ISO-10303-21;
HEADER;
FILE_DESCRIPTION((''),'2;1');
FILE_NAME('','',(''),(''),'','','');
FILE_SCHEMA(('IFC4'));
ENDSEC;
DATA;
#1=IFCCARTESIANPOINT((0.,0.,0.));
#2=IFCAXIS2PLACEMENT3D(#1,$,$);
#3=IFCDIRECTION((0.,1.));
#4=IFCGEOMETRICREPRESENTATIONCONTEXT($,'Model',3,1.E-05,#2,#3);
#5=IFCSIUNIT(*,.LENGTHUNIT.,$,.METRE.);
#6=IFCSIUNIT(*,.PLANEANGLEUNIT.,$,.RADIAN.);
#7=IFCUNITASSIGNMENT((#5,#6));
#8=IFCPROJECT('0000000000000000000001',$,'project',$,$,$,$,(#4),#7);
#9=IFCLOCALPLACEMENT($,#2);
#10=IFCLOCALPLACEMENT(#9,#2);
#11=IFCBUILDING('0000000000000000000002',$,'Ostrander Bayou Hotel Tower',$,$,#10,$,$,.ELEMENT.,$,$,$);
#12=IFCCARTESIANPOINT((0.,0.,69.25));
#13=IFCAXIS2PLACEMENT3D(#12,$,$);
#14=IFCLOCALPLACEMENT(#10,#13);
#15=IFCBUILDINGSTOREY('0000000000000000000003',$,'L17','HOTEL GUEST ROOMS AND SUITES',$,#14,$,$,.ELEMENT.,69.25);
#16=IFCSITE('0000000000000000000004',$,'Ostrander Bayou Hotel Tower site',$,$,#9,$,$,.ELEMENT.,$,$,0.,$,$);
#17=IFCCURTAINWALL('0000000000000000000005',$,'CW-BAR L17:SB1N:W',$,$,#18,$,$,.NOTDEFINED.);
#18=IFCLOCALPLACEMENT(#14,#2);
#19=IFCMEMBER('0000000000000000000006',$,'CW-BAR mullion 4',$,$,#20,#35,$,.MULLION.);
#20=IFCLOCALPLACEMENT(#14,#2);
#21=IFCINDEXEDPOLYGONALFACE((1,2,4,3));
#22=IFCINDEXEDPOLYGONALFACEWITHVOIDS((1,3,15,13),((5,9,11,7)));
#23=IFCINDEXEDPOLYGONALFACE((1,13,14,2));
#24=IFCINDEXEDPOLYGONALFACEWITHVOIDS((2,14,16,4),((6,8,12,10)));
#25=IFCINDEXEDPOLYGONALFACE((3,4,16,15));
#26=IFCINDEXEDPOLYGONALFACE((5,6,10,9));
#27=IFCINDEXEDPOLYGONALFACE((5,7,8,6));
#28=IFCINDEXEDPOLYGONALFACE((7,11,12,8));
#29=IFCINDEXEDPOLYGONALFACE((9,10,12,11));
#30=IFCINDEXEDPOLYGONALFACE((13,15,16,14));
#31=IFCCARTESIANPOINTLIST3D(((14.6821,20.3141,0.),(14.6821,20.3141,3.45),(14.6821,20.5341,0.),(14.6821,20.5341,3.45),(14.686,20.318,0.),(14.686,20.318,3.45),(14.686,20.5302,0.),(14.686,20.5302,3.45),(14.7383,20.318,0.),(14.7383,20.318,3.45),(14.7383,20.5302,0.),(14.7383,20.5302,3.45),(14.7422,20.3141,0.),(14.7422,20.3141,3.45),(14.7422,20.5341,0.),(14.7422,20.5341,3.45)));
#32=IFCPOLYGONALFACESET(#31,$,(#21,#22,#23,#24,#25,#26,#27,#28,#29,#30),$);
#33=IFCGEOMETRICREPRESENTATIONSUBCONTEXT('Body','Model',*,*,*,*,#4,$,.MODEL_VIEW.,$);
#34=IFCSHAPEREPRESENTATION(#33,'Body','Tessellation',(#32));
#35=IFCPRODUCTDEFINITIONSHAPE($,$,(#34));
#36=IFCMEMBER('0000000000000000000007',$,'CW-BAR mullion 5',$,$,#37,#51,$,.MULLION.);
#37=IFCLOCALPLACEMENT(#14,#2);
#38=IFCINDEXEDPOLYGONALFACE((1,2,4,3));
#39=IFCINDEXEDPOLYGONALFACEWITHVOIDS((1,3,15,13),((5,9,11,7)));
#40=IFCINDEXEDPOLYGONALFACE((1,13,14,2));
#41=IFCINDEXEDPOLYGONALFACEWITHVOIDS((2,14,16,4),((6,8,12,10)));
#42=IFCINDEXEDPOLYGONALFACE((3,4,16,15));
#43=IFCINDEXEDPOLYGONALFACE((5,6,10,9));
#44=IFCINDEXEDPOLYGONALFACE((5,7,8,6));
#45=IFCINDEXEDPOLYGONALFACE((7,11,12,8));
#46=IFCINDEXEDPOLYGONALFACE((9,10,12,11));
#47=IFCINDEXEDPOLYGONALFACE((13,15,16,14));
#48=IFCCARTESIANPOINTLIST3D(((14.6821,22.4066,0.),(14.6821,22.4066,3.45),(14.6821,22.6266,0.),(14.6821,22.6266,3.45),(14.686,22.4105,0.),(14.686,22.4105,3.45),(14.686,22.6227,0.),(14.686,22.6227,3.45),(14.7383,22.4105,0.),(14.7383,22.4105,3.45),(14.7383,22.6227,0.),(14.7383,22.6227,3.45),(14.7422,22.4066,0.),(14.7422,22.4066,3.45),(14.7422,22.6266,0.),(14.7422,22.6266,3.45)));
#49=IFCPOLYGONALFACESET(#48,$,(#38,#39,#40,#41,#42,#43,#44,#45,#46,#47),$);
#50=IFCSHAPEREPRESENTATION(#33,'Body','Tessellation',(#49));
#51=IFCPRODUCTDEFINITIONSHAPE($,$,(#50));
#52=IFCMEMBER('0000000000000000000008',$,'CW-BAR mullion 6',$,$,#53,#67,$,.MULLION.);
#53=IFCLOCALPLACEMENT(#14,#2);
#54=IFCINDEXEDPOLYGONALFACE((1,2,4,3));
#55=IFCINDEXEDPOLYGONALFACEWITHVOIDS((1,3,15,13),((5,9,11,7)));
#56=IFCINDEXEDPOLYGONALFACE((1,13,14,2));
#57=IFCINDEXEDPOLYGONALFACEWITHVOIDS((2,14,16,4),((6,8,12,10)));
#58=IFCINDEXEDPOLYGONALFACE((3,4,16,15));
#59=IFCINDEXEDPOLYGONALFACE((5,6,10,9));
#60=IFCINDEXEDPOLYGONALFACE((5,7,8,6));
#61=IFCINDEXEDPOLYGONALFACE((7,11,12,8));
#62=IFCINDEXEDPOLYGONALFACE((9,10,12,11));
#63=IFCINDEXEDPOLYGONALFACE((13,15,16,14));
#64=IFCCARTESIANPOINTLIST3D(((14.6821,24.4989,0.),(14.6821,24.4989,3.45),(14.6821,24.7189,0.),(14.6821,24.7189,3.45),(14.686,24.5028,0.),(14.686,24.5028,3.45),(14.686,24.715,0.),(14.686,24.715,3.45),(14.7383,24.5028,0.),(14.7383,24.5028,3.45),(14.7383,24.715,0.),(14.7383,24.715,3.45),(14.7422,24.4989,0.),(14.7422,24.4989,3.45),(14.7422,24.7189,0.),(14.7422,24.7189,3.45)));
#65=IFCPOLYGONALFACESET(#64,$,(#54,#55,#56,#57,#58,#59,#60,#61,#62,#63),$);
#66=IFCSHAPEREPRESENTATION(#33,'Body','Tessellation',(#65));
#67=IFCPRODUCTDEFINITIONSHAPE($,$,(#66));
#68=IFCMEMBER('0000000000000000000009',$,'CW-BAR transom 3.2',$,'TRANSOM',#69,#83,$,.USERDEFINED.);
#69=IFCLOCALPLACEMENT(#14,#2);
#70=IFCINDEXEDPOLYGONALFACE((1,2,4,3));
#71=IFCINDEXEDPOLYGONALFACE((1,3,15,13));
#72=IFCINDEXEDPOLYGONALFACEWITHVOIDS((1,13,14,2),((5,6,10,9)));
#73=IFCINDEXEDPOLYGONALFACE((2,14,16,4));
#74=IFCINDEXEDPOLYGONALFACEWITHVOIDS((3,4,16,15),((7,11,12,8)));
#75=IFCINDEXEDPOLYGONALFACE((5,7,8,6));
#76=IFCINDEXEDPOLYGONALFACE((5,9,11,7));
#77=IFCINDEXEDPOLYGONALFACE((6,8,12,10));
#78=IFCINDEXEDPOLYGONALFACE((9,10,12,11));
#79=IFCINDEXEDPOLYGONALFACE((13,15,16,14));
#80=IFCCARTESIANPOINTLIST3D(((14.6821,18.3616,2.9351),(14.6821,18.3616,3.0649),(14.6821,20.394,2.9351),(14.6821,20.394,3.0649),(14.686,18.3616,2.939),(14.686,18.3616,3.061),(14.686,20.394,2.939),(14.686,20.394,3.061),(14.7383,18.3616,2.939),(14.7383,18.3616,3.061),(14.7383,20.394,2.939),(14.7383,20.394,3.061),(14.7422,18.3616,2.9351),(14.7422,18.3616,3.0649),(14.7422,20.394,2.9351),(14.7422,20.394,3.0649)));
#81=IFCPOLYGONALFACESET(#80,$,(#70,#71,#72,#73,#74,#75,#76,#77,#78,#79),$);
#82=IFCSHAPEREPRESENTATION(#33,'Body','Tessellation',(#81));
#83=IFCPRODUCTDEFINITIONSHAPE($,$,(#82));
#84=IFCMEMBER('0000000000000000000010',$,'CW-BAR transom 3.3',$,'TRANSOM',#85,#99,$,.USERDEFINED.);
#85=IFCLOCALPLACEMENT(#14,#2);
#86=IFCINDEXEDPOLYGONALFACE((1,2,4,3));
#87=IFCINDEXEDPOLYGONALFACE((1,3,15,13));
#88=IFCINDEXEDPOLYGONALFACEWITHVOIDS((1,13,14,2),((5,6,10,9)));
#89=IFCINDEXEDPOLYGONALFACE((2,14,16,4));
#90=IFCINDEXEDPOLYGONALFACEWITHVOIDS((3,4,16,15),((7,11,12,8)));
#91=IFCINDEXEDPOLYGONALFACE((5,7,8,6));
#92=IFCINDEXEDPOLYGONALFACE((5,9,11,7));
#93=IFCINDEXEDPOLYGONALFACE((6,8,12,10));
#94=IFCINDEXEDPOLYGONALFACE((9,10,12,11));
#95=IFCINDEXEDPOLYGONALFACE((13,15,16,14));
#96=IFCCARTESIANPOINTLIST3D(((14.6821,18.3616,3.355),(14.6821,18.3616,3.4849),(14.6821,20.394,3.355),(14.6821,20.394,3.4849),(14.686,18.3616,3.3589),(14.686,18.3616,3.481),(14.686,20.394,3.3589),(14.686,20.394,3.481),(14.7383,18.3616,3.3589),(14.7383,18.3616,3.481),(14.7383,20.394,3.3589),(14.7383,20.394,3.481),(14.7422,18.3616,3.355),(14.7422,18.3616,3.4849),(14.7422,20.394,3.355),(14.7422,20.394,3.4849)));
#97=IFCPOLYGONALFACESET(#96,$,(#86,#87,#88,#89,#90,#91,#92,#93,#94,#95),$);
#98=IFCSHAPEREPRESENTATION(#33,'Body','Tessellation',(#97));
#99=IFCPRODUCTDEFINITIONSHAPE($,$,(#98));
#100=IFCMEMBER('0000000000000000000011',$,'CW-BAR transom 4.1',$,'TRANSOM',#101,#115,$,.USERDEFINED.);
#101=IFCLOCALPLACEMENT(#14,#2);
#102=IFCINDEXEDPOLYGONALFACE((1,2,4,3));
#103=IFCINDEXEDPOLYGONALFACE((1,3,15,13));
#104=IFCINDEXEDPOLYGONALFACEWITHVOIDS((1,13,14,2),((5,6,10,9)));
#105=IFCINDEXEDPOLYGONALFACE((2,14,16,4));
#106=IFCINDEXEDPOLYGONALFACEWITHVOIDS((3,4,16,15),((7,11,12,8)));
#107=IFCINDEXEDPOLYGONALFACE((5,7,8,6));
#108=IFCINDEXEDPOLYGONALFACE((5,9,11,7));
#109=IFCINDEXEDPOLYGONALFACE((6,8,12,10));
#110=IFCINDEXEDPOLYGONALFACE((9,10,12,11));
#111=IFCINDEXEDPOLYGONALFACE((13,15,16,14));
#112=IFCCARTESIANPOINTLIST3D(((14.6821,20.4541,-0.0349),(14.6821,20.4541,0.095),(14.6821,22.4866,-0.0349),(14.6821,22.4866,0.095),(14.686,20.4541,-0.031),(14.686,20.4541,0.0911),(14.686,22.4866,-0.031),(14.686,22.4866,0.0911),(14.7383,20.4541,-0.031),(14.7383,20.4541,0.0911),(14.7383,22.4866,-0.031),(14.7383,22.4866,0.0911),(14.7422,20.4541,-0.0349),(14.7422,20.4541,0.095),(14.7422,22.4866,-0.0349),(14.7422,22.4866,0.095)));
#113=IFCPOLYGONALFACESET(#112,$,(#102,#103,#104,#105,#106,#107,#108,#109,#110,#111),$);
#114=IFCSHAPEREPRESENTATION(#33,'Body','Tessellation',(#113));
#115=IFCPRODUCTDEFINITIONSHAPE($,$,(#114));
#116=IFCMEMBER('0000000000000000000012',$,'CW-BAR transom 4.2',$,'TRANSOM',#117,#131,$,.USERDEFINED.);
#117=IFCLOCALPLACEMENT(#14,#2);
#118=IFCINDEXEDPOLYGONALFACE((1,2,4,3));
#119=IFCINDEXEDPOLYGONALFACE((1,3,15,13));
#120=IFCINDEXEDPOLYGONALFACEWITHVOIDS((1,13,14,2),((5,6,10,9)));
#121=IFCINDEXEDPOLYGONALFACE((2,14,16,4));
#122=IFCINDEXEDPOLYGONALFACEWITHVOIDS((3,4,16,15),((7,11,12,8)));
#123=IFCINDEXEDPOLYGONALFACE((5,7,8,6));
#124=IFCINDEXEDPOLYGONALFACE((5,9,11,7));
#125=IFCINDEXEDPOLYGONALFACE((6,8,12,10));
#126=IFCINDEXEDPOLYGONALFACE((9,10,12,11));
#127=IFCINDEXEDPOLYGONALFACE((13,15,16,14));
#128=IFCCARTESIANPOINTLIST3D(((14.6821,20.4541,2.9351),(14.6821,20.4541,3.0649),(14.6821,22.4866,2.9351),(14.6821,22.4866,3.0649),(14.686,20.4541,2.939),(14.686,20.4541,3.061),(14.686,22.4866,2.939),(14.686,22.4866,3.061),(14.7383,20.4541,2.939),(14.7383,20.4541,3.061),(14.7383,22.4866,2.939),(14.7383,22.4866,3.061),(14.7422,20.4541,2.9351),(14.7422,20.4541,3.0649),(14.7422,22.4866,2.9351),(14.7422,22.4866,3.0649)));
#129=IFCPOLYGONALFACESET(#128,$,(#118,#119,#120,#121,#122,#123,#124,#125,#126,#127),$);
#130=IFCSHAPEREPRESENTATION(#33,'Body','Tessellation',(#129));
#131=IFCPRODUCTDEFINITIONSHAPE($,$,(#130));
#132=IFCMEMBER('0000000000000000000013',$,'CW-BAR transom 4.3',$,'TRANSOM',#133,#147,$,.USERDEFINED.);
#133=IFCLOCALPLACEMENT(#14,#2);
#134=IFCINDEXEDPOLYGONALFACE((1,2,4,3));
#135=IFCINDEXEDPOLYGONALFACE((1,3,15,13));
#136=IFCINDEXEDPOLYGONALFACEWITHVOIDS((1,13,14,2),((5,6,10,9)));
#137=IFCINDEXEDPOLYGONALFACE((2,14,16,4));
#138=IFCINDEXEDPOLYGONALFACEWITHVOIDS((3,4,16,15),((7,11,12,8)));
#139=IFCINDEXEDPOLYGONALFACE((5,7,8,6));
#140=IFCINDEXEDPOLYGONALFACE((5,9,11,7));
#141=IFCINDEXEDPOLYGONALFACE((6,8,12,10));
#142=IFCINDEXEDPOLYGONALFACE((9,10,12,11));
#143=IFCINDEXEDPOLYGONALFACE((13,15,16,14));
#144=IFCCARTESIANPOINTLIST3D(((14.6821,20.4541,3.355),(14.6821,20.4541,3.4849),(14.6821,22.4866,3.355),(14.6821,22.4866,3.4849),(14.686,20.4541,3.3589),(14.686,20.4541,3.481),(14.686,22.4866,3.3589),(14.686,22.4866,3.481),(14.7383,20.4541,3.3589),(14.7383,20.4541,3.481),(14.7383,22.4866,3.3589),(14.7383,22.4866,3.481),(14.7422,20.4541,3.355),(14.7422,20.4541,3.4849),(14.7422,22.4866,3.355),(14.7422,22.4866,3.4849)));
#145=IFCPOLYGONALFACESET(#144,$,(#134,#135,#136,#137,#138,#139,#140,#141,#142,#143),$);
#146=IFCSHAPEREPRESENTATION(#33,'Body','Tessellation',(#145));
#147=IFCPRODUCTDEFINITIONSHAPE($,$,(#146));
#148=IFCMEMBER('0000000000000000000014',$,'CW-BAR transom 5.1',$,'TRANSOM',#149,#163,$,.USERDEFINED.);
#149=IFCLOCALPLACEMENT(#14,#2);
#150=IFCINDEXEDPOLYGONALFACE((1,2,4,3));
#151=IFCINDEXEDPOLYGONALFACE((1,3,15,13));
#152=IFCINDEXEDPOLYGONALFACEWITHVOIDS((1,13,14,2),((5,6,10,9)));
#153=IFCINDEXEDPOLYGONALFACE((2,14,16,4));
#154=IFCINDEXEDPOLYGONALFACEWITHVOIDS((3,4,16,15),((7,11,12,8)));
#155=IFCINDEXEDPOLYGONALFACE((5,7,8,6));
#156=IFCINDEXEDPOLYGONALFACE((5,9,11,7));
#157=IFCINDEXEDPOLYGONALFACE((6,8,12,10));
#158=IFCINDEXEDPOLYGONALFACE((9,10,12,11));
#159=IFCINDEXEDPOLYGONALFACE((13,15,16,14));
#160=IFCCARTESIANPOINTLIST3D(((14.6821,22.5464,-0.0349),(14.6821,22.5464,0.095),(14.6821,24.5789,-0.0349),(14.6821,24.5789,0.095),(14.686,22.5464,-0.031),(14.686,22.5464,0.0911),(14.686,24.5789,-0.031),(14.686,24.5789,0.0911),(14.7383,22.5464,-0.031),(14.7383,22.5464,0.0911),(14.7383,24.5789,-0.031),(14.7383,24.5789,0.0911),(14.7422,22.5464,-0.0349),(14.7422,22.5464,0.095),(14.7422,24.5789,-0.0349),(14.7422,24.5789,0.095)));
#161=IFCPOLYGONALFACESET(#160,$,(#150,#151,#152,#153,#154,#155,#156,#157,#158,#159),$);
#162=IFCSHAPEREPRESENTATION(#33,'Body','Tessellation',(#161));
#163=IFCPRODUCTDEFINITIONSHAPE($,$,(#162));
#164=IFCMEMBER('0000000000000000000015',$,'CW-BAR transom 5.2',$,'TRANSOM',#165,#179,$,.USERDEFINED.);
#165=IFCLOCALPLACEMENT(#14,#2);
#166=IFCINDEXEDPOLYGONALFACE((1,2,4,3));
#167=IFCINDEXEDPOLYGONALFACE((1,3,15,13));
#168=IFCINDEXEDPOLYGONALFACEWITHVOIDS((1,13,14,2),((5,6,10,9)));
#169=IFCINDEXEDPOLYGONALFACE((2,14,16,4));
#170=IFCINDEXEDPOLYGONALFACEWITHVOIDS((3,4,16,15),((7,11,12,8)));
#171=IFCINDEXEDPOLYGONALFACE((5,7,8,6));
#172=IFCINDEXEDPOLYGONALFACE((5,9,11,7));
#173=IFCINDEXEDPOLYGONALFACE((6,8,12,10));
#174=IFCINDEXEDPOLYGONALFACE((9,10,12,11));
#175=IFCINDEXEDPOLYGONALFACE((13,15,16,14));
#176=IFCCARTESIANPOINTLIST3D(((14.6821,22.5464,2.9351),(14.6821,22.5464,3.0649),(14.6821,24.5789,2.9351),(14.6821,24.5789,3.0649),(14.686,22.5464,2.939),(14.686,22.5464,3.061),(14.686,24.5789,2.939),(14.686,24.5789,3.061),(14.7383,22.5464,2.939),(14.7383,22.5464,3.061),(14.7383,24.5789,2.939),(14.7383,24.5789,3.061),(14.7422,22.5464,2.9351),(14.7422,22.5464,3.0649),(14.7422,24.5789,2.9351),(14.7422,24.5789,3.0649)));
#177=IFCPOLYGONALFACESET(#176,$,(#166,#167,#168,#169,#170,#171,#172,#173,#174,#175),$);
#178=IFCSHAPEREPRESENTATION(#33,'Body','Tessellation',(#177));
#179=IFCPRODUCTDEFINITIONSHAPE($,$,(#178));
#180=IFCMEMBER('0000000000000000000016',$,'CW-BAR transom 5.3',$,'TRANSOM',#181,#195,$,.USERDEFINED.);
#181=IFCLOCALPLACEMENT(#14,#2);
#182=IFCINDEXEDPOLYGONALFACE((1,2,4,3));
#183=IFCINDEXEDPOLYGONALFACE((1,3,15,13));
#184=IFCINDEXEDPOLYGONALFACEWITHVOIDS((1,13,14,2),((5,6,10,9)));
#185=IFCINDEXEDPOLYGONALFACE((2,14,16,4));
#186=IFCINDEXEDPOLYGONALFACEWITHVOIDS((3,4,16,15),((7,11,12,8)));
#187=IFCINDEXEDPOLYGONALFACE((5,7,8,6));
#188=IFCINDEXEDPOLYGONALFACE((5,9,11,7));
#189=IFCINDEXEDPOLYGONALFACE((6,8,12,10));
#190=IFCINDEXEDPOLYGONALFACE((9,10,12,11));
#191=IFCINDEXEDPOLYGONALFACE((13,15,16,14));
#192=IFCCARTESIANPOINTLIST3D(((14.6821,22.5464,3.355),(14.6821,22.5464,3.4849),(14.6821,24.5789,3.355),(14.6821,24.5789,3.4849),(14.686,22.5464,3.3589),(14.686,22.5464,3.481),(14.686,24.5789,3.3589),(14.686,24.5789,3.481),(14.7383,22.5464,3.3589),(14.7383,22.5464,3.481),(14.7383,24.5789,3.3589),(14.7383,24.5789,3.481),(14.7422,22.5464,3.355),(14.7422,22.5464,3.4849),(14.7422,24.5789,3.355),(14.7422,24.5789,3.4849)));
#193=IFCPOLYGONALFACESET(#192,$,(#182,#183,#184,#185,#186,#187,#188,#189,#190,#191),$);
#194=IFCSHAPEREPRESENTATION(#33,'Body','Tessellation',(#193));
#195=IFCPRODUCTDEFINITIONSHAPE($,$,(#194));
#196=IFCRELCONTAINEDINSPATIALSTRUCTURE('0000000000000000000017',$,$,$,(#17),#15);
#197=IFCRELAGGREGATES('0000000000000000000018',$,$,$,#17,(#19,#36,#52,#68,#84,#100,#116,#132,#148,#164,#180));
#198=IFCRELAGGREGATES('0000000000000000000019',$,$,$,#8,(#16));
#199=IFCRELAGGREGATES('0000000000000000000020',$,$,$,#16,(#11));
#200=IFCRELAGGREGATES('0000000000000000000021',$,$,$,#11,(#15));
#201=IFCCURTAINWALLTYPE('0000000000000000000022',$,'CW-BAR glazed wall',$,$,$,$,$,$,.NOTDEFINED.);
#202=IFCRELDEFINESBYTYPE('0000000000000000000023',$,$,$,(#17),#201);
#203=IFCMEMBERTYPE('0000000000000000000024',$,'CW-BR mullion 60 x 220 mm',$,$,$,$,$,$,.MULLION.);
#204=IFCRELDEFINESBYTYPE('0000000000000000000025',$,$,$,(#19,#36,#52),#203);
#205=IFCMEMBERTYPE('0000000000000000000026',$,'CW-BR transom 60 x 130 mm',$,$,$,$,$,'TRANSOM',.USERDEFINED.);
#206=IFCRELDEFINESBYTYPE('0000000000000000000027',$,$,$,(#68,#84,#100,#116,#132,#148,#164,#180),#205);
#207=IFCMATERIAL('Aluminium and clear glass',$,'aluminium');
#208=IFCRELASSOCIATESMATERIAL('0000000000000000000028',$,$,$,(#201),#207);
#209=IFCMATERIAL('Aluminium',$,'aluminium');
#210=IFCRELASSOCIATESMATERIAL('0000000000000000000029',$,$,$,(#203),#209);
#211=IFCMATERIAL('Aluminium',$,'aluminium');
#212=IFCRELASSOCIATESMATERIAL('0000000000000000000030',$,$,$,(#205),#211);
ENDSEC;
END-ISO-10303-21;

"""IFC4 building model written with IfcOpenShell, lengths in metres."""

from ifc_helpers import new_model, si_unit, direction, frame, origin, origin_2d, place, context, subcontext, project, spatial, hollow_rectangle, extrude, material, material_profile, profile_set, type_object, element, aggregate, save


model = new_model("IFC4")

# Units and contexts
model_context = context("Model", 3, precision=1e-05, world=origin(), true_north=direction((0.0, 1.0)))
body_context = subcontext(model_context, "Body", "Model", "MODEL_VIEW")
ifc_project = project(units=[si_unit("LENGTHUNIT", "METRE"), si_unit("PLANEANGLEUNIT", "RADIAN")], contexts=[model_context])

# Site, building, storey
site_placement = place(None, origin())
site = spatial("IfcSite", under=ifc_project, at=site_placement, Name="Ostrander Bayou Hotel Tower site", CompositionType="ELEMENT", RefElevation=0.0)
building_placement = place(site_placement, origin())
building = spatial("IfcBuilding", under=site, at=building_placement, Name="Ostrander Bayou Hotel Tower", CompositionType="ELEMENT")
storey_placement = place(building_placement, frame((0.0, 0.0, 69.25)))
storey = spatial("IfcBuildingStorey", under=building, at=storey_placement, Name="L17", Description="HOTEL GUEST ROOMS AND SUITES", CompositionType="ELEMENT", Elevation=69.25)

# Curtain wall, members
ifc_material_1 = material(Name="Aluminium and clear glass", Category="aluminium")
curtain_wall_type = type_object("IfcCurtainWallType", Name="CW-BAR glazed wall", PredefinedType="NOTDEFINED", material=ifc_material_1)
curtain_wall_placement = place(storey_placement, origin())
curtain_wall = element("IfcCurtainWall", 1, at=curtain_wall_placement, inside=storey, type_object=curtain_wall_type, Name="CW-BAR L17:SB1N:W", PredefinedType="NOTDEFINED")
ifc_material_2 = material(Name="Aluminium", Category="aluminium")
ifc_material_profile_1 = material_profile(ifc_material_2, hollow_rectangle(XDim=0.0601, YDim=0.22, WallThickness=0.0039, at=origin_2d()))
ifc_profile_set_1 = profile_set([ifc_material_profile_1], Name="Aluminium")
member_type_1 = type_object("IfcMemberType", Name="CW-BR mullion 60 x 220 mm", PredefinedType="MULLION", material=ifc_profile_set_1)
member_1_placement = place(storey_placement, frame((14.7122, 20.4241, 0.0), z_axis=(0.0, 0.0, 1.0), x_axis=(-1.0, 0.0, 0.0)))
member_1 = element("IfcMember", 2, at=member_1_placement, type_object=member_type_1, Name="CW-BAR mullion 4", PredefinedType="MULLION", context=body_context, shape_type="SweptSolid", body=[
    extrude(hollow_rectangle(XDim=0.0601, YDim=0.22, WallThickness=0.0039, at=origin_2d()), origin(), (0.0, 0.0, 1.0), 3.45),
])
member_2_placement = place(storey_placement, frame((14.7122, 22.5166, 0.0), z_axis=(0.0, 0.0, 1.0), x_axis=(-1.0, 0.0, 0.0)))
member_2 = element("IfcMember", 3, at=member_2_placement, type_object=member_type_1, Name="CW-BAR mullion 5", PredefinedType="MULLION", context=body_context, shape_type="SweptSolid", body=[
    extrude(hollow_rectangle(XDim=0.0601, YDim=0.22, WallThickness=0.0039, at=origin_2d()), origin(), (0.0, 0.0, 1.0), 3.45),
])
member_3_placement = place(storey_placement, frame((14.7122, 24.6089, 0.0), z_axis=(0.0, 0.0, 1.0), x_axis=(-1.0, 0.0, 0.0)))
member_3 = element("IfcMember", 4, at=member_3_placement, type_object=member_type_1, Name="CW-BAR mullion 6", PredefinedType="MULLION", context=body_context, shape_type="SweptSolid", body=[
    extrude(hollow_rectangle(XDim=0.0601, YDim=0.22, WallThickness=0.0039, at=origin_2d()), origin(), (0.0, 0.0, 1.0), 3.45),
])
ifc_material_3 = material(Name="Aluminium", Category="aluminium")
ifc_material_profile_2 = material_profile(ifc_material_3, hollow_rectangle(XDim=0.0601, YDim=0.1299, WallThickness=0.0039, at=origin_2d()))
ifc_profile_set_2 = profile_set([ifc_material_profile_2], Name="Aluminium")
member_type_2 = type_object("IfcMemberType", Name="CW-BR transom 60 x 130 mm", ElementType="TRANSOM", PredefinedType="USERDEFINED", material=ifc_profile_set_2)
member_4_placement = place(storey_placement, frame((14.7122, 18.3616, 3.0), z_axis=(0.0, 1.0, 0.0), x_axis=(-1.0, 0.0, 0.0)))
member_4 = element("IfcMember", 5, at=member_4_placement, type_object=member_type_2, Name="CW-BAR transom 3.2", ObjectType="TRANSOM", PredefinedType="USERDEFINED", context=body_context, shape_type="SweptSolid", body=[
    extrude(hollow_rectangle(XDim=0.0601, YDim=0.1299, WallThickness=0.0039, at=origin_2d()), origin(), (0.0, 0.0, 1.0), 2.0325),
])
member_5_placement = place(storey_placement, frame((14.7122, 18.3616, 3.4199), z_axis=(0.0, 1.0, 0.0), x_axis=(-1.0, 0.0, 0.0)))
member_5 = element("IfcMember", 6, at=member_5_placement, type_object=member_type_2, Name="CW-BAR transom 3.3", ObjectType="TRANSOM", PredefinedType="USERDEFINED", context=body_context, shape_type="SweptSolid", body=[
    extrude(hollow_rectangle(XDim=0.0601, YDim=0.1299, WallThickness=0.0039, at=origin_2d()), origin(), (0.0, 0.0, 1.0), 2.0325),
])
member_6_placement = place(storey_placement, frame((14.7122, 20.4541, 0.03), z_axis=(0.0, 1.0, 0.0), x_axis=(-1.0, 0.0, 0.0)))
member_6 = element("IfcMember", 7, at=member_6_placement, type_object=member_type_2, Name="CW-BAR transom 4.1", ObjectType="TRANSOM", PredefinedType="USERDEFINED", context=body_context, shape_type="SweptSolid", body=[
    extrude(hollow_rectangle(XDim=0.0601, YDim=0.1299, WallThickness=0.0039, at=origin_2d()), origin(), (0.0, 0.0, 1.0), 2.0325),
])
member_7_placement = place(storey_placement, frame((14.7122, 20.4541, 3.0), z_axis=(0.0, 1.0, 0.0), x_axis=(-1.0, 0.0, 0.0)))
member_7 = element("IfcMember", 8, at=member_7_placement, type_object=member_type_2, Name="CW-BAR transom 4.2", ObjectType="TRANSOM", PredefinedType="USERDEFINED", context=body_context, shape_type="SweptSolid", body=[
    extrude(hollow_rectangle(XDim=0.0601, YDim=0.1299, WallThickness=0.0039, at=origin_2d()), origin(), (0.0, 0.0, 1.0), 2.0325),
])
member_8_placement = place(storey_placement, frame((14.7122, 20.4541, 3.4199), z_axis=(0.0, 1.0, 0.0), x_axis=(-1.0, 0.0, 0.0)))
member_8 = element("IfcMember", 9, at=member_8_placement, type_object=member_type_2, Name="CW-BAR transom 4.3", ObjectType="TRANSOM", PredefinedType="USERDEFINED", context=body_context, shape_type="SweptSolid", body=[
    extrude(hollow_rectangle(XDim=0.0601, YDim=0.1299, WallThickness=0.0039, at=origin_2d()), origin(), (0.0, 0.0, 1.0), 2.0325),
])
member_9_placement = place(storey_placement, frame((14.7122, 22.5464, 0.03), z_axis=(0.0, 1.0, 0.0), x_axis=(-1.0, 0.0, 0.0)))
member_9 = element("IfcMember", 10, at=member_9_placement, type_object=member_type_2, Name="CW-BAR transom 5.1", ObjectType="TRANSOM", PredefinedType="USERDEFINED", context=body_context, shape_type="SweptSolid", body=[
    extrude(hollow_rectangle(XDim=0.0601, YDim=0.1299, WallThickness=0.0039, at=origin_2d()), origin(), (0.0, 0.0, 1.0), 2.0325),
])
member_10_placement = place(storey_placement, frame((14.7122, 22.5464, 3.0), z_axis=(0.0, 1.0, 0.0), x_axis=(-1.0, 0.0, 0.0)))
member_10 = element("IfcMember", 11, at=member_10_placement, type_object=member_type_2, Name="CW-BAR transom 5.2", ObjectType="TRANSOM", PredefinedType="USERDEFINED", context=body_context, shape_type="SweptSolid", body=[
    extrude(hollow_rectangle(XDim=0.0601, YDim=0.1299, WallThickness=0.0039, at=origin_2d()), origin(), (0.0, 0.0, 1.0), 2.0325),
])
member_11_placement = place(storey_placement, frame((14.7122, 22.5464, 3.4199), z_axis=(0.0, 1.0, 0.0), x_axis=(-1.0, 0.0, 0.0)))
member_11 = element("IfcMember", 12, at=member_11_placement, type_object=member_type_2, Name="CW-BAR transom 5.3", ObjectType="TRANSOM", PredefinedType="USERDEFINED", context=body_context, shape_type="SweptSolid", body=[
    extrude(hollow_rectangle(XDim=0.0601, YDim=0.1299, WallThickness=0.0039, at=origin_2d()), origin(), (0.0, 0.0, 1.0), 2.0325),
])

aggregate(curtain_wall, [member_1, member_2, member_3, member_4, member_5, member_6, member_7, member_8, member_9, member_10, member_11])

save(model, "model.ifc")
